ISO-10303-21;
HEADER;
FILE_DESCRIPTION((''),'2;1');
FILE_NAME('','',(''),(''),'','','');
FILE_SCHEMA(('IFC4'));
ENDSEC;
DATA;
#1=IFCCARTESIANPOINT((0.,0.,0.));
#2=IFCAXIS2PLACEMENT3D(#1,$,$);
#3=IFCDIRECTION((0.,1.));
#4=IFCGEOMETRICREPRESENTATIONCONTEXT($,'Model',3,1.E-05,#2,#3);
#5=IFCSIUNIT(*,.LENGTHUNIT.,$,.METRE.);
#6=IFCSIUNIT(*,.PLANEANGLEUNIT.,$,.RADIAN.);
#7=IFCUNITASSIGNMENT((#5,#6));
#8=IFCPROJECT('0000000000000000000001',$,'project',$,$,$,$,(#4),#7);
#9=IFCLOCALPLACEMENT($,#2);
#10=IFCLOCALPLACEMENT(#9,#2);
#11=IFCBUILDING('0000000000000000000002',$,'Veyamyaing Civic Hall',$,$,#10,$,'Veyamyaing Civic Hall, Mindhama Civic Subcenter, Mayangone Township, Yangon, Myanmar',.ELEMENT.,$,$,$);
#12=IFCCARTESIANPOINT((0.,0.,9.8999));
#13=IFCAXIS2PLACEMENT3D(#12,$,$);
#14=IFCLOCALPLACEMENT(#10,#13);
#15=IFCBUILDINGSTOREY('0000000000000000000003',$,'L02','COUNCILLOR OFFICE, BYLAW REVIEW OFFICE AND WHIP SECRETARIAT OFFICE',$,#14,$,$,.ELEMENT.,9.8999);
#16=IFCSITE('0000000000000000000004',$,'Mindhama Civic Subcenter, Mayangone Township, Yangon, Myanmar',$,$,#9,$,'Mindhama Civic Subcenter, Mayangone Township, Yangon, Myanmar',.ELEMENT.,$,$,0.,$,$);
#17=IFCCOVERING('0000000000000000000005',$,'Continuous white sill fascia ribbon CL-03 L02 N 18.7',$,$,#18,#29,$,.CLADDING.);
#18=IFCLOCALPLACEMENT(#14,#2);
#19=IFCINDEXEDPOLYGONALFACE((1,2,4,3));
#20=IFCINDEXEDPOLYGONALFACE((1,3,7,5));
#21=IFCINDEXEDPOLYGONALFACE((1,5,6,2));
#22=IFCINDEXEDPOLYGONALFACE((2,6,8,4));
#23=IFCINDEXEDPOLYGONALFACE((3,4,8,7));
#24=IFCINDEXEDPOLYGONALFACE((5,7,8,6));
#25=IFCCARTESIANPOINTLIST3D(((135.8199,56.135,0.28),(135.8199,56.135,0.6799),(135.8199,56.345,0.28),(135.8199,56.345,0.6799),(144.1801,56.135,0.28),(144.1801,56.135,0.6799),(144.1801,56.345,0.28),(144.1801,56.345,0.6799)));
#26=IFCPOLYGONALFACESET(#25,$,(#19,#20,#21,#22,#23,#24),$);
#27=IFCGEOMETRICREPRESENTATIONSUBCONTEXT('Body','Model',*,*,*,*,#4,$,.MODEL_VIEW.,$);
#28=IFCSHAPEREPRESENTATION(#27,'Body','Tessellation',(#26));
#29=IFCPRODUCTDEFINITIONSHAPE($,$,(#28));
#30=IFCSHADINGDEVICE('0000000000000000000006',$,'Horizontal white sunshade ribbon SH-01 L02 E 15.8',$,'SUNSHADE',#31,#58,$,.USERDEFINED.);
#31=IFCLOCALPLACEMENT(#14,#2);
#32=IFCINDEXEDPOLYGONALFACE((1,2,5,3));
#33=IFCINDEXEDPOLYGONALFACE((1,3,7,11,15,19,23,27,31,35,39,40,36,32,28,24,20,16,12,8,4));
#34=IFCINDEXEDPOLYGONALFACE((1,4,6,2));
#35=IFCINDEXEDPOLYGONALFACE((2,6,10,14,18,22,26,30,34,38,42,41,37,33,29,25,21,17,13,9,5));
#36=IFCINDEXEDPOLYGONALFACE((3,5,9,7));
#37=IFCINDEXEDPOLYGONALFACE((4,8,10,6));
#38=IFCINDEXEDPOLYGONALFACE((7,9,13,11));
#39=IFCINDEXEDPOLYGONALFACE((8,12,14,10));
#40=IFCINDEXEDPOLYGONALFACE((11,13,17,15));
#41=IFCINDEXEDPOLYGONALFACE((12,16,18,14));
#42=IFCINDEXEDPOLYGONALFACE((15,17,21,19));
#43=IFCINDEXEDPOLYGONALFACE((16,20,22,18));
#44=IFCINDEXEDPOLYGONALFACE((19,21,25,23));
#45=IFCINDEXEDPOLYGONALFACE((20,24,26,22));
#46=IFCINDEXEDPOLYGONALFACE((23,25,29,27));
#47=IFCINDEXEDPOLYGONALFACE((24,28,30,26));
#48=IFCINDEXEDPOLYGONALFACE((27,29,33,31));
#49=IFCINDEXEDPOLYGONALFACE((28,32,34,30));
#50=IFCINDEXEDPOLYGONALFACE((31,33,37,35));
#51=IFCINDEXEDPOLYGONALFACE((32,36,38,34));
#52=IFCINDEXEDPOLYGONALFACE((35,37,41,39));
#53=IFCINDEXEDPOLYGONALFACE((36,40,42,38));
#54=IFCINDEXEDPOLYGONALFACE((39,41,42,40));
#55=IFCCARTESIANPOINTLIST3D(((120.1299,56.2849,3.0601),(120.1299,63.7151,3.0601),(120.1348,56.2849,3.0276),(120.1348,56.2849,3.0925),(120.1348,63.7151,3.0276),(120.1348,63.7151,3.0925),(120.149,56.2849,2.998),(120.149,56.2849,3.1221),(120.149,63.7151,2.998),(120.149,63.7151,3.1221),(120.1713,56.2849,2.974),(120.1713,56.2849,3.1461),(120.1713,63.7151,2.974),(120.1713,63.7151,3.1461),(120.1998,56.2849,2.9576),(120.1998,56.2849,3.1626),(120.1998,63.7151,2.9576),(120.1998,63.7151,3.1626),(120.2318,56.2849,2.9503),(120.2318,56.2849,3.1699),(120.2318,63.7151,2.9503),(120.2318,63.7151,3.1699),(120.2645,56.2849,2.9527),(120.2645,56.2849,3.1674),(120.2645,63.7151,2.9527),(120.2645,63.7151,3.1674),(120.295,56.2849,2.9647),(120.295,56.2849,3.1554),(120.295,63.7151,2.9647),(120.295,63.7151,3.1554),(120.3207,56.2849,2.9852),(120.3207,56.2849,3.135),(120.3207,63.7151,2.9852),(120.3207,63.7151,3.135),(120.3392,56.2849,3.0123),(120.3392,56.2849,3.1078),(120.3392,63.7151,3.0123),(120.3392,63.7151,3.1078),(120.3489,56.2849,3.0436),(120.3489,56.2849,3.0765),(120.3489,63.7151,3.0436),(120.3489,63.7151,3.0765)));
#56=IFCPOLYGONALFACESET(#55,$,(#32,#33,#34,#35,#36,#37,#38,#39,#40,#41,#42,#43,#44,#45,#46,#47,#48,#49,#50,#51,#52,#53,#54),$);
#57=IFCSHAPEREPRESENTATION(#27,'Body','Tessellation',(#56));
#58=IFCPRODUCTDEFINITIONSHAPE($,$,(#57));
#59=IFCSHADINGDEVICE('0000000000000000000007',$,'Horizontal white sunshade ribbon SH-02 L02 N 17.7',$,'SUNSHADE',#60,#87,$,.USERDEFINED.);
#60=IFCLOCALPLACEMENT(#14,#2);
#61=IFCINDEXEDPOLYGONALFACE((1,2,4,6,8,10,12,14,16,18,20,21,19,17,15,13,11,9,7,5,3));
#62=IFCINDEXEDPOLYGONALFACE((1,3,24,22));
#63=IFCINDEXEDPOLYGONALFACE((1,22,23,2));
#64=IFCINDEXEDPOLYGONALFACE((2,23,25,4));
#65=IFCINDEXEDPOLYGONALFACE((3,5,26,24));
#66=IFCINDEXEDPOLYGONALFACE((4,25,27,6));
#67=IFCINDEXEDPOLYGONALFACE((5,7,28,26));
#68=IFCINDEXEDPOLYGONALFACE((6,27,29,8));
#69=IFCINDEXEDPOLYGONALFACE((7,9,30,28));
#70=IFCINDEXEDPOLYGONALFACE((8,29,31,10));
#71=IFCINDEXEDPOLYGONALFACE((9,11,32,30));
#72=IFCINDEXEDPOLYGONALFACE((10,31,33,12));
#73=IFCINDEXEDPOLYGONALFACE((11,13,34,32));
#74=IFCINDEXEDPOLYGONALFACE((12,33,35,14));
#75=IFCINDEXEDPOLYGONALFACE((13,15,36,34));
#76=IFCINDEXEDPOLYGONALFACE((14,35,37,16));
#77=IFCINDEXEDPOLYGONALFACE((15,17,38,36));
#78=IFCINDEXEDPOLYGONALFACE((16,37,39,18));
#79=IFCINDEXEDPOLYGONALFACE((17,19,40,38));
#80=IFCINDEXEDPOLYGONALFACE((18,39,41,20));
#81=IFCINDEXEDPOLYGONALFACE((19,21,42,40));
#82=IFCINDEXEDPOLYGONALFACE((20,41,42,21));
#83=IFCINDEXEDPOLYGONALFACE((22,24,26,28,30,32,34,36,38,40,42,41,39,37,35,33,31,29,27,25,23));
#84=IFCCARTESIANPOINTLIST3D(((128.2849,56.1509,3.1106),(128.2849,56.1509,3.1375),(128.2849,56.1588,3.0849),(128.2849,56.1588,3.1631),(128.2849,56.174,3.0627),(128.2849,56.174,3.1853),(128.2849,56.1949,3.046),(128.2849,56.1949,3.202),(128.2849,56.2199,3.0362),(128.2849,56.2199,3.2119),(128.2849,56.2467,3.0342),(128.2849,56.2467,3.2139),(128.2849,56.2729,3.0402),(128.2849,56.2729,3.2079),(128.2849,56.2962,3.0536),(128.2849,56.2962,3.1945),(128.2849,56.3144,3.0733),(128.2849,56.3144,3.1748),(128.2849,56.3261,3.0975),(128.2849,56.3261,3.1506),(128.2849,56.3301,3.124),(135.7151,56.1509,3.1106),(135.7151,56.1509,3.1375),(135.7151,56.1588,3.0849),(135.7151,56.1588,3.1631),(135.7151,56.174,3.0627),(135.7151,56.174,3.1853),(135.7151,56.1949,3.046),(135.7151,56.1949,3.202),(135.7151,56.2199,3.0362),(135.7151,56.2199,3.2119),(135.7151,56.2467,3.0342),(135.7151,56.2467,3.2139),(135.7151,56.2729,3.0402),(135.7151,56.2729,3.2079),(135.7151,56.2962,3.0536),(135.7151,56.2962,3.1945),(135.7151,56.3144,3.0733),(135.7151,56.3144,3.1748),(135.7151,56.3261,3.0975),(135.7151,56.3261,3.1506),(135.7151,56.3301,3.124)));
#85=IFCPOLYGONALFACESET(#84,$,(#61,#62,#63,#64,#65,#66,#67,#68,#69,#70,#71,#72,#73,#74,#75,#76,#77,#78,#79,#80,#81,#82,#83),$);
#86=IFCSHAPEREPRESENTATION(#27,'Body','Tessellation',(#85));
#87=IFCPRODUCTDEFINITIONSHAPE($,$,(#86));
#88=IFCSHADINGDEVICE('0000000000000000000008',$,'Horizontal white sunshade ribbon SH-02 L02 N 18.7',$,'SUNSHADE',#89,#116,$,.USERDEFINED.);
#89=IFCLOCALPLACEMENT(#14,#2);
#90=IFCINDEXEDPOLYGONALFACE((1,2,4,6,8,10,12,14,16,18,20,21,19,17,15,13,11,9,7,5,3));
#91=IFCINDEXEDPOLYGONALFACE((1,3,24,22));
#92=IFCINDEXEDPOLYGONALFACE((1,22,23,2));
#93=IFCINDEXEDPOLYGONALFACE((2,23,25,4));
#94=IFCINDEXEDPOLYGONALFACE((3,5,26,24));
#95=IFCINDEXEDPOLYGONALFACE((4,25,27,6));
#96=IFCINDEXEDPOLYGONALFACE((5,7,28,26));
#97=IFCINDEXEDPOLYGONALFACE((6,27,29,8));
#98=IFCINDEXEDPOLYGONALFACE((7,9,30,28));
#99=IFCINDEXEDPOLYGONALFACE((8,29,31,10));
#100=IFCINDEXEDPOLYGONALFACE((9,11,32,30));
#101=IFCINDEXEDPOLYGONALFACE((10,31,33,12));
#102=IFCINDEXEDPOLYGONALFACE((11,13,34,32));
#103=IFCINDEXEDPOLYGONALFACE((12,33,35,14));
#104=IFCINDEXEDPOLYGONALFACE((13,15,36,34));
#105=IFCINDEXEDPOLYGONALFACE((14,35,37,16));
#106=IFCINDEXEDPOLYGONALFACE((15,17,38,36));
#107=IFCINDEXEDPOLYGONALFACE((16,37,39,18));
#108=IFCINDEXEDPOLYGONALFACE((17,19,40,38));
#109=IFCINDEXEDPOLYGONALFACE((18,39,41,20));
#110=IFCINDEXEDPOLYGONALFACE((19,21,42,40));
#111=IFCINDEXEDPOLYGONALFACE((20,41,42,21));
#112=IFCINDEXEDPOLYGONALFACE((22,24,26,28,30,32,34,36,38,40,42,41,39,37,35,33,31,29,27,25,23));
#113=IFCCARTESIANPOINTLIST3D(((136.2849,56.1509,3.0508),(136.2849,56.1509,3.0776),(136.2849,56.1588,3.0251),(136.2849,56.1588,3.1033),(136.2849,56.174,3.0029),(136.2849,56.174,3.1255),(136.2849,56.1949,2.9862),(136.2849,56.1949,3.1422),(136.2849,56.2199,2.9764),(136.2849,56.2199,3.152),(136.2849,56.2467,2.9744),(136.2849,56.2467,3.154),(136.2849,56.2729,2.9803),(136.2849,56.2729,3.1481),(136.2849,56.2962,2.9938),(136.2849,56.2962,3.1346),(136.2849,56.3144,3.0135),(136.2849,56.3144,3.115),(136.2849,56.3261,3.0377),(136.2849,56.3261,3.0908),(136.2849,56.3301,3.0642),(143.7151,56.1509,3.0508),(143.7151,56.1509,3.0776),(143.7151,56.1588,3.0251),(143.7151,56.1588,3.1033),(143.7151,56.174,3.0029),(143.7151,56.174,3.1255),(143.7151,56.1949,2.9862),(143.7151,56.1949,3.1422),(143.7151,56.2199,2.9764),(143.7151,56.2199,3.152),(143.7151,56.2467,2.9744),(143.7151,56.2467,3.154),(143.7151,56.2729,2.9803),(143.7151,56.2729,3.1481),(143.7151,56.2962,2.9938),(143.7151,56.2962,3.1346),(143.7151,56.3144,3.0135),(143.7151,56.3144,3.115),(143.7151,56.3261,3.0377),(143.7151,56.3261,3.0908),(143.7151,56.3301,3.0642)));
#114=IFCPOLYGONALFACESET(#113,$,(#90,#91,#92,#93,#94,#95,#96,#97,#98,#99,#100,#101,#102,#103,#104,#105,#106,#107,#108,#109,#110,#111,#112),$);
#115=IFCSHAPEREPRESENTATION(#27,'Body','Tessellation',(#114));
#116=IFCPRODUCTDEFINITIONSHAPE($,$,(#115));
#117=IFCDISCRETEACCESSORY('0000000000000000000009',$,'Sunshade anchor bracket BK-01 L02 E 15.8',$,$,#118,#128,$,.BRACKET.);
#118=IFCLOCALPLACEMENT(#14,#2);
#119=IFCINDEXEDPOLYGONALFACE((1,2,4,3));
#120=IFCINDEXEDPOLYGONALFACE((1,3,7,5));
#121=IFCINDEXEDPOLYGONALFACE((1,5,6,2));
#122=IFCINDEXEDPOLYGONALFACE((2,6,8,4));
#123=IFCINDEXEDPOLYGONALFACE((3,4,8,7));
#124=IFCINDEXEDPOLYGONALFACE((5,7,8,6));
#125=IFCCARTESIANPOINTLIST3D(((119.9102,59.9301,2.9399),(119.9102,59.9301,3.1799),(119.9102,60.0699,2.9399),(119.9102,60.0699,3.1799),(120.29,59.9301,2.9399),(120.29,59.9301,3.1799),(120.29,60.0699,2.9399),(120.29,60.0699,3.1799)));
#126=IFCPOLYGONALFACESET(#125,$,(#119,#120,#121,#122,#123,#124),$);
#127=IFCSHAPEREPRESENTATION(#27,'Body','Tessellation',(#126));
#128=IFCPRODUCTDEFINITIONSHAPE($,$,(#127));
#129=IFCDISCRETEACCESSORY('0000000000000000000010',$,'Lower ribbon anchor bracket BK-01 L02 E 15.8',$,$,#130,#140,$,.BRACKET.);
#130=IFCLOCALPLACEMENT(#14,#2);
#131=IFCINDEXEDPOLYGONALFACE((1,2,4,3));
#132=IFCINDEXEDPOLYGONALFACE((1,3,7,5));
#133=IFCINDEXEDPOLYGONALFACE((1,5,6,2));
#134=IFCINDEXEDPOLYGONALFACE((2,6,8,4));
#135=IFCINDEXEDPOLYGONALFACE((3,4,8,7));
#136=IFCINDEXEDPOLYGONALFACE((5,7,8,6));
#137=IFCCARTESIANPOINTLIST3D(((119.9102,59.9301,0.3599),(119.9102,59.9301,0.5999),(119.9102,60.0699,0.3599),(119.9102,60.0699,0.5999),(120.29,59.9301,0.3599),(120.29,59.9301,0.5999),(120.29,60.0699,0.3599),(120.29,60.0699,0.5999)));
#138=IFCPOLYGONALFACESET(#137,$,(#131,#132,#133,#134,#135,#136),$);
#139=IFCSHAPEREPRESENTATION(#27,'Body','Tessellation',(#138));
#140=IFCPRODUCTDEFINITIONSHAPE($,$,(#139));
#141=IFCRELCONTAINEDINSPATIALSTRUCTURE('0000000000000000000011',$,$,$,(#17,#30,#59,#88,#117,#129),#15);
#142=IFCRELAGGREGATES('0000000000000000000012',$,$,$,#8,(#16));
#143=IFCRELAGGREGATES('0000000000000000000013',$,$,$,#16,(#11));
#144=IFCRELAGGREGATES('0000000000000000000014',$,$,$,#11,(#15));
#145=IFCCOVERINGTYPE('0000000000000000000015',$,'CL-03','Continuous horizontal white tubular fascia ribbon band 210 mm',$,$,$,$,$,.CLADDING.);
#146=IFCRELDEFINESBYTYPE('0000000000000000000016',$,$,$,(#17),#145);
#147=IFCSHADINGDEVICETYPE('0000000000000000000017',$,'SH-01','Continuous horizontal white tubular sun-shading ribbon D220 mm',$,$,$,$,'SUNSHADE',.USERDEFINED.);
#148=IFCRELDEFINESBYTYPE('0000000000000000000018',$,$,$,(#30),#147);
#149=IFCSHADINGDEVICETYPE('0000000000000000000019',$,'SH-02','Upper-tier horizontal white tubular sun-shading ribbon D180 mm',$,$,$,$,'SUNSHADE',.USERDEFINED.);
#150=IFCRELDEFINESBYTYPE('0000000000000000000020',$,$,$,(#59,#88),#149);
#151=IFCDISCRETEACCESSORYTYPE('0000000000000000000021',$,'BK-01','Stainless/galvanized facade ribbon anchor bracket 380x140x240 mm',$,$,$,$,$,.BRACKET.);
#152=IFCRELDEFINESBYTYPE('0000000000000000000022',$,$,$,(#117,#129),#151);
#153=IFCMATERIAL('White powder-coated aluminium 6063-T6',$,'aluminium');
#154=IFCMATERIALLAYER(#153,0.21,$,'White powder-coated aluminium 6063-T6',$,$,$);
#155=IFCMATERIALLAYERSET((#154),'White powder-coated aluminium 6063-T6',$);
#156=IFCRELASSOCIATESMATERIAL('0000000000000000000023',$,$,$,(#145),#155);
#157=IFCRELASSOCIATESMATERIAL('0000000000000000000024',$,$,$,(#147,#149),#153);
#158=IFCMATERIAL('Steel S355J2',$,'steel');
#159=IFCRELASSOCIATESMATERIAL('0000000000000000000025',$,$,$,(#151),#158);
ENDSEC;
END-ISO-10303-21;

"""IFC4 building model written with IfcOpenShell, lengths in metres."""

from ifc_helpers import new_model, si_unit, direction, frame, origin, origin_2d, place, context, subcontext, project, spatial, rectangle, circle, extrude, material, layer, layer_set, material_profile, profile_set, type_object, element, save


model = new_model("IFC4")

# Units and contexts
model_context = context("Model", 3, precision=1e-05, world=origin(), true_north=direction((0.0, 1.0)))
body_context = subcontext(model_context, "Body", "Model", "MODEL_VIEW")
ifc_project = project(units=[si_unit("LENGTHUNIT", "METRE"), si_unit("PLANEANGLEUNIT", "RADIAN")], contexts=[model_context])

# Site, building, storey
site_placement = place(None, origin())
site = spatial("IfcSite", under=ifc_project, at=site_placement, Name="Mindhama Civic Subcenter, Mayangone Township, Yangon, Myanmar", LongName="Mindhama Civic Subcenter, Mayangone Township, Yangon, Myanmar", CompositionType="ELEMENT", RefElevation=0.0)
building_placement = place(site_placement, origin())
building = spatial("IfcBuilding", under=site, at=building_placement, Name="Veyamyaing Civic Hall", LongName="Veyamyaing Civic Hall, Mindhama Civic Subcenter, Mayangone Township, Yangon, Myanmar", CompositionType="ELEMENT")
storey_placement = place(building_placement, frame((0.0, 0.0, 9.8999)))
storey = spatial("IfcBuildingStorey", under=building, at=storey_placement, Name="L02", Description="COUNCILLOR OFFICE, BYLAW REVIEW OFFICE AND WHIP SECRETARIAT OFFICE", CompositionType="ELEMENT", Elevation=9.8999)

# Covering
ifc_material_1 = material(Name="White powder-coated aluminium 6063-T6", Category="aluminium")
ifc_layer_1 = layer(ifc_material_1, 0.21, Name="White powder-coated aluminium 6063-T6")
ifc_layer_set_1 = layer_set([ifc_layer_1], Name="White powder-coated aluminium 6063-T6")
covering_type = type_object("IfcCoveringType", Name="CL-03", Description="Continuous horizontal white tubular fascia ribbon band 210 mm", PredefinedType="CLADDING", material=ifc_layer_set_1)
for number, where, z_axis, x_axis, name in (
    (1, (140.0, 56.24, 0.28), (0.0, 0.0, 1.0), (1.0, 0.0, 0.0), "Continuous white sill fascia ribbon CL-03 L02 N 18.7"),
):
    element("IfcCovering", number, at=place(storey_placement, frame(where, z_axis=z_axis, x_axis=x_axis)), inside=storey, type_object=covering_type, Name=name, PredefinedType="CLADDING", context=body_context, shape_type="SweptSolid", body=[
        extrude(rectangle(XDim=8.3601, YDim=0.21, at=origin_2d()), origin(), (0.0, 0.0, 1.0), 0.3999),
    ])

# Shading devices
ifc_material_profile_1 = material_profile(ifc_material_1, circle(Radius=0.1101, at=origin_2d()), Name="SHADE-TUBE-220")
ifc_profile_set_1 = profile_set([ifc_material_profile_1], Name="White powder-coated aluminium 6063-T6")
shading_device_type_1 = type_object("IfcShadingDeviceType", Name="SH-01", Description="Continuous horizontal white tubular sun-shading ribbon D220 mm", ElementType="SUNSHADE", PredefinedType="USERDEFINED", material=ifc_profile_set_1)
shading_device_placement = place(storey_placement, frame((120.24, 56.2849, 3.0601), z_axis=(0.0, 1.0, 0.0), x_axis=(-1.0, 0.0, 0.0)))
element("IfcShadingDevice", 2, at=shading_device_placement, inside=storey, type_object=shading_device_type_1, Name="Horizontal white sunshade ribbon SH-01 L02 E 15.8", ObjectType="SUNSHADE", PredefinedType="USERDEFINED", context=body_context, shape_type="SweptSolid", body=[
    extrude(circle(Radius=0.1101, at=origin_2d()), origin(), (0.0, 0.0, 1.0), 7.4302),
])
ifc_material_profile_2 = material_profile(ifc_material_1, circle(Radius=0.0901, at=origin_2d()), Name="SHADE-TUBE-180")
ifc_profile_set_2 = profile_set([ifc_material_profile_2], Name="White powder-coated aluminium 6063-T6")
shading_device_type_2 = type_object("IfcShadingDeviceType", Name="SH-02", Description="Upper-tier horizontal white tubular sun-shading ribbon D180 mm", ElementType="SUNSHADE", PredefinedType="USERDEFINED", material=ifc_profile_set_2)
for number, where, z_axis, x_axis, name in (
    (3, (128.2849, 56.24, 3.124), (1.0, 0.0, 0.0), (0.0, 1.0, 0.0), "Horizontal white sunshade ribbon SH-02 L02 N 17.7"),
    (4, (136.2849, 56.24, 3.0642), (1.0, 0.0, 0.0), (0.0, 1.0, 0.0), "Horizontal white sunshade ribbon SH-02 L02 N 18.7"),
):
    element("IfcShadingDevice", number, at=place(storey_placement, frame(where, z_axis=z_axis, x_axis=x_axis)), inside=storey, type_object=shading_device_type_2, Name=name, ObjectType="SUNSHADE", PredefinedType="USERDEFINED", context=body_context, shape_type="SweptSolid", body=[
        extrude(circle(Radius=0.0901, at=origin_2d()), origin(), (0.0, 0.0, 1.0), 7.4302),
    ])

# Discrete accessories
ifc_material_2 = material(Name="Steel S355J2", Category="steel")
discrete_accessory_type = type_object("IfcDiscreteAccessoryType", Name="BK-01", Description="Stainless/galvanized facade ribbon anchor bracket 380x140x240 mm", PredefinedType="BRACKET", material=ifc_material_2)
for number, where, z_axis, x_axis, name in (
    (5, (120.1001, 60.0, 2.9399), (0.0, 0.0, 1.0), (1.0, 0.0, 0.0), "Sunshade anchor bracket BK-01 L02 E 15.8"),
    (6, (120.1001, 60.0, 0.3599), (0.0, 0.0, 1.0), (1.0, 0.0, 0.0), "Lower ribbon anchor bracket BK-01 L02 E 15.8"),
):
    element("IfcDiscreteAccessory", number, at=place(storey_placement, frame(where, z_axis=z_axis, x_axis=x_axis)), inside=storey, type_object=discrete_accessory_type, Name=name, PredefinedType="BRACKET", context=body_context, shape_type="SweptSolid", body=[
        extrude(rectangle(XDim=0.3799, YDim=0.1399, at=origin_2d()), origin(), (0.0, 0.0, 1.0), 0.24),
    ])

save(model, "model.ifc")
